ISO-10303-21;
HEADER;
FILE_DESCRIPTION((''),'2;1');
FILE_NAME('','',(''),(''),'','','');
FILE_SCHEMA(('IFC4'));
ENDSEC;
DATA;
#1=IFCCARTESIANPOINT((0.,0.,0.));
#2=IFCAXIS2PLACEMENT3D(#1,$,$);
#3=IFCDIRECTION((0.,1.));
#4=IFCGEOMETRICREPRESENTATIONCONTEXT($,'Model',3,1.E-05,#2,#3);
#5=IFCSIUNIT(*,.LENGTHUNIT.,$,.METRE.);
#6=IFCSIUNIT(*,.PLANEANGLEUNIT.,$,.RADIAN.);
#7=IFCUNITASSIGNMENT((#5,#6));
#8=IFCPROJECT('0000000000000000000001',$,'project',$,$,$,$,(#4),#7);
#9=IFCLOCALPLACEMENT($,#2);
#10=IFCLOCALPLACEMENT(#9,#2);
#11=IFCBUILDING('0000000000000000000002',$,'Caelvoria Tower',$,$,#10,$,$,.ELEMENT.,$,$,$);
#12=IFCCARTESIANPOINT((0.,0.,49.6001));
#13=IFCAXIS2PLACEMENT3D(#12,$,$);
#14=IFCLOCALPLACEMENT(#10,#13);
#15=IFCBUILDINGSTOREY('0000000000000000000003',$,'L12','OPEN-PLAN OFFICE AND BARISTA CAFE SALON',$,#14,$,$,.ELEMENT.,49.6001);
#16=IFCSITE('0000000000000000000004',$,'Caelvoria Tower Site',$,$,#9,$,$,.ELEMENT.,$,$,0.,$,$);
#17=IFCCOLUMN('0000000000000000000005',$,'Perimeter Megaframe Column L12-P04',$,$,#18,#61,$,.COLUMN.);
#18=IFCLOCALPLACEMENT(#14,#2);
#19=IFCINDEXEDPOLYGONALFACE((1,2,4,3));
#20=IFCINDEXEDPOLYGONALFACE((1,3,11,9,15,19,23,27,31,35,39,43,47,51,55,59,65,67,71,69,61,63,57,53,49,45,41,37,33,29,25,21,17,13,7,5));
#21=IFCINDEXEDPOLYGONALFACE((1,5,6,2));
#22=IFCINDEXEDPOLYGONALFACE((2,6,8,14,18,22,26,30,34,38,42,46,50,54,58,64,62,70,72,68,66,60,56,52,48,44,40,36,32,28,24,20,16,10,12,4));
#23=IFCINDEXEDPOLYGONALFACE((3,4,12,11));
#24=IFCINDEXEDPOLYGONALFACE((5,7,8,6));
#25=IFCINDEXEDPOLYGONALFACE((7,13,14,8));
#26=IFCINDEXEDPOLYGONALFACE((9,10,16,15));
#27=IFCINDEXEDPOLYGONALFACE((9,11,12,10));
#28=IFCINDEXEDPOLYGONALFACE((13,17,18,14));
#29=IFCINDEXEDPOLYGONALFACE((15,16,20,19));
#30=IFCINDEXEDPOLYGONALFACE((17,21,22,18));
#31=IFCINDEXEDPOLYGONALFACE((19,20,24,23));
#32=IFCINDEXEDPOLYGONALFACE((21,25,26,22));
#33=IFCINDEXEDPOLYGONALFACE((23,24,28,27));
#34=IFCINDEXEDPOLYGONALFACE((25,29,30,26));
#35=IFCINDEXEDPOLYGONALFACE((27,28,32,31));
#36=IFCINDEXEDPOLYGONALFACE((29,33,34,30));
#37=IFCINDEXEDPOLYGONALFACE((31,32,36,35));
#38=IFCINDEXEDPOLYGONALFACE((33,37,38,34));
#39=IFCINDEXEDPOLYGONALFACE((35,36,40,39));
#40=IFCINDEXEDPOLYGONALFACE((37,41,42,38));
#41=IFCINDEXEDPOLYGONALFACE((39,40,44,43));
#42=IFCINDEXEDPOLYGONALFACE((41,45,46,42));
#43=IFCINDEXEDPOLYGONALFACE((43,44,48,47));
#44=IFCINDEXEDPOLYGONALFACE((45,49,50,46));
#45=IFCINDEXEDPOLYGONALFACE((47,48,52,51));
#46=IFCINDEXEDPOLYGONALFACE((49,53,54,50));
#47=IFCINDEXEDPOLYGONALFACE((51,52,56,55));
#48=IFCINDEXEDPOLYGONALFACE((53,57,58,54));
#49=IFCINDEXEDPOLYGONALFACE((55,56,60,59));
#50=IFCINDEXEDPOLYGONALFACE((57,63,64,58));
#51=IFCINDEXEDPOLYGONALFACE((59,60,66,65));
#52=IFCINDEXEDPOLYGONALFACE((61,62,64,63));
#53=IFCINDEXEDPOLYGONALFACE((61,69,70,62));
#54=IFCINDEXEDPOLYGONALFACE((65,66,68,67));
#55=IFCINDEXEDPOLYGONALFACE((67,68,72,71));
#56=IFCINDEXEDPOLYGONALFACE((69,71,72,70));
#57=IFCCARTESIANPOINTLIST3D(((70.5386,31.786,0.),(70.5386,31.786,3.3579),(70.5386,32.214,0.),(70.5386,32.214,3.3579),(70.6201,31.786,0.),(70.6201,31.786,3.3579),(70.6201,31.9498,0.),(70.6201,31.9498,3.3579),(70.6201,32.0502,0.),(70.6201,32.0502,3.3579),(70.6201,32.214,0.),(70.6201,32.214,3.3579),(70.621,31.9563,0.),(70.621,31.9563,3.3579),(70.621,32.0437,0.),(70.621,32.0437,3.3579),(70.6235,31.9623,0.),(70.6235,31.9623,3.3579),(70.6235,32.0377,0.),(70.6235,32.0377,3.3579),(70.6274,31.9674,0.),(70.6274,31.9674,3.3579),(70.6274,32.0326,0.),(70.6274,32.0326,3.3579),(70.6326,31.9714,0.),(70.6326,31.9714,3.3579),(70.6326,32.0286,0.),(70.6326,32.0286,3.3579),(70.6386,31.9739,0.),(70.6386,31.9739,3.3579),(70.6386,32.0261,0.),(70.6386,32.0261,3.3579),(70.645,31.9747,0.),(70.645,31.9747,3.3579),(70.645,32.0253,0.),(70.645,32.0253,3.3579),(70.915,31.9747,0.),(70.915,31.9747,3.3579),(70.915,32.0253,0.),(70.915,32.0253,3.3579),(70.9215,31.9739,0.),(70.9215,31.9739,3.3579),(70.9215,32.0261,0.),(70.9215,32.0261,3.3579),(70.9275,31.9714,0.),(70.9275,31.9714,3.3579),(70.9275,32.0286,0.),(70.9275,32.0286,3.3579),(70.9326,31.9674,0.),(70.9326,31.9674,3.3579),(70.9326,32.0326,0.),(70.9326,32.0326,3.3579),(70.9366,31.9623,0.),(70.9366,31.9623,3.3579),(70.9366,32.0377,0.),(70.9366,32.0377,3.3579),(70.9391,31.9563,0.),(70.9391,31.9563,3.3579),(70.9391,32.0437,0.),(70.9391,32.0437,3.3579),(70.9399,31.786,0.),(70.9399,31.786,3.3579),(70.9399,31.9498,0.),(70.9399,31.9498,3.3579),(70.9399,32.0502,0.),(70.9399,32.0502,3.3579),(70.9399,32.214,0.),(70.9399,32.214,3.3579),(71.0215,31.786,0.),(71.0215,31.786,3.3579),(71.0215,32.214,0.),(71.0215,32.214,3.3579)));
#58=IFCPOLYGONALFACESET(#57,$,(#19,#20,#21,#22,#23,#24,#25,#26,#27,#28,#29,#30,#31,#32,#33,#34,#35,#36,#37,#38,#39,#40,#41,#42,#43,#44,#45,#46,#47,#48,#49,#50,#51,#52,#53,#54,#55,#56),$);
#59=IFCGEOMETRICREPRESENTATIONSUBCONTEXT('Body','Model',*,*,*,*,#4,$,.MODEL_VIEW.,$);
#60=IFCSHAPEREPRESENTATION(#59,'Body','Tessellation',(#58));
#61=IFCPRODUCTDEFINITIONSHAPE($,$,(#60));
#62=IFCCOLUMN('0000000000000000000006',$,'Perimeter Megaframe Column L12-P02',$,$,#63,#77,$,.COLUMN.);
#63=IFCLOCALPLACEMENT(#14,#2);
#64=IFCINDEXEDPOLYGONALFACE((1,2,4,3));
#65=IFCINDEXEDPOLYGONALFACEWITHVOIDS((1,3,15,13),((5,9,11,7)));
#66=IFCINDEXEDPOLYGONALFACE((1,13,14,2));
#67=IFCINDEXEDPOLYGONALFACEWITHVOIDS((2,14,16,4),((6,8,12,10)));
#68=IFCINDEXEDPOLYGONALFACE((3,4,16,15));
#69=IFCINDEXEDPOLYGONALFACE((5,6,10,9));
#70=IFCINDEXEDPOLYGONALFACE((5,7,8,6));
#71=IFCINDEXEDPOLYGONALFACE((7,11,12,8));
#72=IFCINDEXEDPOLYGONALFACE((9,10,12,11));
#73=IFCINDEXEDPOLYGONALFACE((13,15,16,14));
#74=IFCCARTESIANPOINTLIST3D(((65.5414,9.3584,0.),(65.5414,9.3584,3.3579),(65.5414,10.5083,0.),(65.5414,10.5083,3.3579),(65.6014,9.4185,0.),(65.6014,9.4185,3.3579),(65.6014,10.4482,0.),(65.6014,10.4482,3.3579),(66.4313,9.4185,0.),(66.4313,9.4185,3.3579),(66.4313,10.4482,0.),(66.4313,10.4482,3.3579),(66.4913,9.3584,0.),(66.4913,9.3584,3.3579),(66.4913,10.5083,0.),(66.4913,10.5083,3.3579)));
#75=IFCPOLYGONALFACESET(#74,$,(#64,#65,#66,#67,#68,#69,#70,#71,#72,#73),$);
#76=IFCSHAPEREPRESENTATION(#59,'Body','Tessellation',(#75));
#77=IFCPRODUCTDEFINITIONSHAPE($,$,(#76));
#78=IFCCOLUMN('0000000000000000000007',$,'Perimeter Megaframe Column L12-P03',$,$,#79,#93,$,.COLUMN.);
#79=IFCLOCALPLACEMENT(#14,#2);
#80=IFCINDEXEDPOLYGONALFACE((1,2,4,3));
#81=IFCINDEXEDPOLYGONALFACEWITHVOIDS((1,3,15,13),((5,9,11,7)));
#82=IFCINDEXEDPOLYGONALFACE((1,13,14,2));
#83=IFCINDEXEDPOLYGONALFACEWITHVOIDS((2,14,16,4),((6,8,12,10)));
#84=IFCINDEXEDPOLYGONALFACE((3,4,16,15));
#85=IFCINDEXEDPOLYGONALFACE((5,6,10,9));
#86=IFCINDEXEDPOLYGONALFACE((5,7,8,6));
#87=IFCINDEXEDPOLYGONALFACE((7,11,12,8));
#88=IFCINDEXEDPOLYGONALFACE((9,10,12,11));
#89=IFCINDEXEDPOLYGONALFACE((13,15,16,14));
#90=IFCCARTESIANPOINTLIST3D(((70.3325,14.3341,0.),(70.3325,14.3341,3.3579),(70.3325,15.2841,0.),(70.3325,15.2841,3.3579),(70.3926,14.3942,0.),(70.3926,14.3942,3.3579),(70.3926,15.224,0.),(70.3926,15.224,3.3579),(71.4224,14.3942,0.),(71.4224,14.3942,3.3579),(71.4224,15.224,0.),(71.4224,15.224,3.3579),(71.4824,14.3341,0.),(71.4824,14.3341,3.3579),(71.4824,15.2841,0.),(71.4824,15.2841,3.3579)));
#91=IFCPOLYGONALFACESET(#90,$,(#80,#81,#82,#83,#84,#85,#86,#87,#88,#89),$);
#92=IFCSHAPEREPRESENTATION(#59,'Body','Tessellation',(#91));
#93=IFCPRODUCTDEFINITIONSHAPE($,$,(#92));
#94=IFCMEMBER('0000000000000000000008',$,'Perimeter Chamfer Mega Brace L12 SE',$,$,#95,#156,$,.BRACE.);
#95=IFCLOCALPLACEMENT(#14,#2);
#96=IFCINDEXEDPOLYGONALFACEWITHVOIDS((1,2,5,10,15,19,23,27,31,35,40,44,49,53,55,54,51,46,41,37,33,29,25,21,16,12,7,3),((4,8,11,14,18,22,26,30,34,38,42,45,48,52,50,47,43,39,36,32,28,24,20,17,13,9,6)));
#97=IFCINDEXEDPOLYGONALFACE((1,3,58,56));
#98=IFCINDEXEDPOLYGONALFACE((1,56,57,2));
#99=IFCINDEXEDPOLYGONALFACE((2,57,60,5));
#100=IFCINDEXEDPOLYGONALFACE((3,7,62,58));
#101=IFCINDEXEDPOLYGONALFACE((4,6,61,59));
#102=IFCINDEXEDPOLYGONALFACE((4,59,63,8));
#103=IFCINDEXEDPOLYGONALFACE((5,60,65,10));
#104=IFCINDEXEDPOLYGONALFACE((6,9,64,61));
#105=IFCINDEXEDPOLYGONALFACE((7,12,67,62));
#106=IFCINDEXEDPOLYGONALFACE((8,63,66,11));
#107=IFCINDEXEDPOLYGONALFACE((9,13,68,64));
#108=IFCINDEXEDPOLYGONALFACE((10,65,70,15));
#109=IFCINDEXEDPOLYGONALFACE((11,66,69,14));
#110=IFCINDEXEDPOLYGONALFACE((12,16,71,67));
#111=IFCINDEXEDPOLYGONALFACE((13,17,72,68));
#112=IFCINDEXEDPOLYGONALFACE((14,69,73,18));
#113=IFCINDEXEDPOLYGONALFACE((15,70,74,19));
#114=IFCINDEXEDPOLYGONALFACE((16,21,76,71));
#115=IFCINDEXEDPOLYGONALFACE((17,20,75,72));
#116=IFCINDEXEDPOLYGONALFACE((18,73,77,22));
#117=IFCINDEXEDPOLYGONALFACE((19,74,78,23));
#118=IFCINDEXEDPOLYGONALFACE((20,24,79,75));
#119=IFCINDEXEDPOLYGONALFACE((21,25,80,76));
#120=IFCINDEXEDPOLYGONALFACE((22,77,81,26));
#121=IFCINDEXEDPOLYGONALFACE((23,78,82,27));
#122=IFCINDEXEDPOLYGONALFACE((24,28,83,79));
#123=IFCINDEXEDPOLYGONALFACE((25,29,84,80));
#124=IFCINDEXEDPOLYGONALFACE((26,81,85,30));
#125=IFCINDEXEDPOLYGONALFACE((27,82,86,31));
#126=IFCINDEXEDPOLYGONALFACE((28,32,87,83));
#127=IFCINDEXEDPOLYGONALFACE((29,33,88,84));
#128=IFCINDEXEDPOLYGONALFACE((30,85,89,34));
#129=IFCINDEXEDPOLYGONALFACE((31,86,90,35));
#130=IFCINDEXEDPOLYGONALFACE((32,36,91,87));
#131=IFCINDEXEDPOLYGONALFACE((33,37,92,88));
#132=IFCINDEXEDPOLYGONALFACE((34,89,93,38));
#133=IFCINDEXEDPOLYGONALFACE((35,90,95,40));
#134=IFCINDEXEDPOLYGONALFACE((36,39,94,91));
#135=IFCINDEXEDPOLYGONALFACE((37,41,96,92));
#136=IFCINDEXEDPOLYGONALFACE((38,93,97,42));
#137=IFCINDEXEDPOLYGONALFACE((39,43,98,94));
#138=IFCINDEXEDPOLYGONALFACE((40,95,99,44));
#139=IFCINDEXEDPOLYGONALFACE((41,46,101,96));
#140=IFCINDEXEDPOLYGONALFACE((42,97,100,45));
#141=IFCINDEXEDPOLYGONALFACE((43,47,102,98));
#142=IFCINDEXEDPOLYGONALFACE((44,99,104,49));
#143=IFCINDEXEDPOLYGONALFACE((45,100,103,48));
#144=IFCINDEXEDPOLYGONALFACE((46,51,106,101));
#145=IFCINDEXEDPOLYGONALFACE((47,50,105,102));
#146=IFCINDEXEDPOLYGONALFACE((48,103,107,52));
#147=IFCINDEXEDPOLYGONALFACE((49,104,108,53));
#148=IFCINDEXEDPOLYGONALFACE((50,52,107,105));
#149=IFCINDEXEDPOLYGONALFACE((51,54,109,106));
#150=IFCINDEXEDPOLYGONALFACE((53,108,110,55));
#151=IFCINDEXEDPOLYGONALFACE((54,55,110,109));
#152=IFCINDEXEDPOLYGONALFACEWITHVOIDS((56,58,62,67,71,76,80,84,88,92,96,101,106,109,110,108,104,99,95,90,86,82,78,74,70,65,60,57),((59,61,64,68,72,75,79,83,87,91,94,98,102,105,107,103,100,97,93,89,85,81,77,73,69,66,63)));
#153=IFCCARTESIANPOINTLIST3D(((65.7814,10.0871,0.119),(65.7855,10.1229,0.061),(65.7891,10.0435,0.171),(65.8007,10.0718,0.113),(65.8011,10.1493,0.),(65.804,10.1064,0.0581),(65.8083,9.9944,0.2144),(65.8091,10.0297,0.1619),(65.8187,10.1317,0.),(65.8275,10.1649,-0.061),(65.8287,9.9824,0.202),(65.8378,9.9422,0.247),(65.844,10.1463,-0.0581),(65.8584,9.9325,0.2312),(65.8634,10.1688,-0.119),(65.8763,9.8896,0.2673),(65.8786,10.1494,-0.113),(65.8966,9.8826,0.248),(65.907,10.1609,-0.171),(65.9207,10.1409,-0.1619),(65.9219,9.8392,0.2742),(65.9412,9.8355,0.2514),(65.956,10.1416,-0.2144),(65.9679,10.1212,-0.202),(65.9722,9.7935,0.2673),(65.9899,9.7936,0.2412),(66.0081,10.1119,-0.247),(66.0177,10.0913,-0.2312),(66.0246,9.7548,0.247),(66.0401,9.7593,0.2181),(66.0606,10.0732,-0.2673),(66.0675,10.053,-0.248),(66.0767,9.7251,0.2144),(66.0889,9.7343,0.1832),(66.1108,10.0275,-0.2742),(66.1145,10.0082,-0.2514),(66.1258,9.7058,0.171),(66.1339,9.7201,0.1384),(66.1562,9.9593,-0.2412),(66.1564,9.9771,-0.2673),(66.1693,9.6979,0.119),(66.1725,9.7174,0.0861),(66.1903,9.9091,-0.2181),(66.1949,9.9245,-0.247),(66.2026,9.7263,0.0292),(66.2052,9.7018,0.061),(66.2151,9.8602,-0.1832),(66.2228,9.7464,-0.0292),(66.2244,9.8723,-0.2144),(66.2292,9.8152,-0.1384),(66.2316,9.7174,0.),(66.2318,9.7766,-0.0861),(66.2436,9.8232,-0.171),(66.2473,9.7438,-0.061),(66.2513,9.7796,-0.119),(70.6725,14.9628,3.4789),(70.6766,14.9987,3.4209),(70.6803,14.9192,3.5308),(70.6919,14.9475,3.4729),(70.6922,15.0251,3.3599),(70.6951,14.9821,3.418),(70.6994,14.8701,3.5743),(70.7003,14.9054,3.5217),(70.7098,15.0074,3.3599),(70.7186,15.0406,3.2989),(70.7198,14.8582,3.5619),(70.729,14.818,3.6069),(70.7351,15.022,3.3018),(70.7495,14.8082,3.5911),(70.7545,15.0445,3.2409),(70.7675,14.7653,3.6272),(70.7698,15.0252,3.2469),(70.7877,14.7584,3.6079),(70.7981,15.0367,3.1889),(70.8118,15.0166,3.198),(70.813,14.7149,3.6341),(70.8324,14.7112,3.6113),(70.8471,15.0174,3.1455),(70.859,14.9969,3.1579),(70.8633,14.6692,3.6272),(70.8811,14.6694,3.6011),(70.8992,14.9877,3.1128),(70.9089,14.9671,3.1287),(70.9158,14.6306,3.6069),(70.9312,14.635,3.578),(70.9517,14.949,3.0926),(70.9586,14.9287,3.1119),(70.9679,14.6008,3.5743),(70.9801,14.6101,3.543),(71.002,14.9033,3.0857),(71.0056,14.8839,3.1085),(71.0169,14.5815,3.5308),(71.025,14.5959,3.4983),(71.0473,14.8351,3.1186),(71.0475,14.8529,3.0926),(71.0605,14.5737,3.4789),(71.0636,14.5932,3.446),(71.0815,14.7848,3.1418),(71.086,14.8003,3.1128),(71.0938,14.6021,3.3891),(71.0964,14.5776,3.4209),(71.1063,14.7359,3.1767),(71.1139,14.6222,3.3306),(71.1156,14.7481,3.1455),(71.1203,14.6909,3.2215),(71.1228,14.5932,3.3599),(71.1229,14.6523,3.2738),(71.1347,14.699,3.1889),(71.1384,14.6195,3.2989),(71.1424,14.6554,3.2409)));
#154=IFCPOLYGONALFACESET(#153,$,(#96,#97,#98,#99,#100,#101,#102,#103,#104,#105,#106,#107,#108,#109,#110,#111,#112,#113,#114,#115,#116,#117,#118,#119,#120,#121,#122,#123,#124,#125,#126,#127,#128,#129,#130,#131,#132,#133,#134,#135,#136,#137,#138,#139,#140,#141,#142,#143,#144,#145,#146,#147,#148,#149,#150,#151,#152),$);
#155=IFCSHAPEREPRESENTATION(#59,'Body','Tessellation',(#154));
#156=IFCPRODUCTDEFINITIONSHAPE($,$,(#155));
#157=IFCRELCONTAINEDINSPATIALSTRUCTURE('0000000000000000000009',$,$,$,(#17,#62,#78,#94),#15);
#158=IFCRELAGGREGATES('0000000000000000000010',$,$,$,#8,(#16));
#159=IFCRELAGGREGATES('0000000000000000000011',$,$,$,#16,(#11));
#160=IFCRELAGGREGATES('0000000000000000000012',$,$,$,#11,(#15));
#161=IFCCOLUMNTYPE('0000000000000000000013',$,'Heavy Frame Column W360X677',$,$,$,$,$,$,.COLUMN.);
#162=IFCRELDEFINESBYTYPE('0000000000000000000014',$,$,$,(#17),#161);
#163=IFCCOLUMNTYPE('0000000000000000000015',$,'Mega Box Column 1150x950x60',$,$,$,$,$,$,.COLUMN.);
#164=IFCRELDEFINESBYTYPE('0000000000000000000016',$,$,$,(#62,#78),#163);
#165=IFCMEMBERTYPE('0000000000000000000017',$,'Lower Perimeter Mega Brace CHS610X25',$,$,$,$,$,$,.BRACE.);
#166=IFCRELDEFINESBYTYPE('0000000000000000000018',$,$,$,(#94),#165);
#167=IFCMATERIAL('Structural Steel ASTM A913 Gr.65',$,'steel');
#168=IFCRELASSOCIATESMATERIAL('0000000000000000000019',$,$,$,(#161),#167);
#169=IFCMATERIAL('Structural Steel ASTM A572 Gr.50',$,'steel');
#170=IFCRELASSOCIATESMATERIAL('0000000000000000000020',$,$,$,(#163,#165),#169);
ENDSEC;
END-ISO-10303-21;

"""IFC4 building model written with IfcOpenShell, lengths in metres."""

from ifc_helpers import new_model, si_unit, direction, frame, origin, origin_2d, place, context, subcontext, project, spatial, hollow_rectangle, hollow_circle, i_section, extrude, material, material_profile, profile_set, type_object, element, save


model = new_model("IFC4")

# Units and contexts
model_context = context("Model", 3, precision=1e-05, world=origin(), true_north=direction((0.0, 1.0)))
body_context = subcontext(model_context, "Body", "Model", "MODEL_VIEW")
ifc_project = project(units=[si_unit("LENGTHUNIT", "METRE"), si_unit("PLANEANGLEUNIT", "RADIAN")], contexts=[model_context])

# Site, building, storey
site_placement = place(None, origin())
site = spatial("IfcSite", under=ifc_project, at=site_placement, Name="Caelvoria Tower Site", CompositionType="ELEMENT", RefElevation=0.0)
building_placement = place(site_placement, origin())
building = spatial("IfcBuilding", under=site, at=building_placement, Name="Caelvoria Tower", CompositionType="ELEMENT")
storey_placement = place(building_placement, frame((0.0, 0.0, 49.6001)))
storey = spatial("IfcBuildingStorey", under=building, at=storey_placement, Name="L12", Description="OPEN-PLAN OFFICE AND BARISTA CAFE SALON", CompositionType="ELEMENT", Elevation=49.6001)

# Columns
ifc_material_1 = material(Name="Structural Steel ASTM A913 Gr.65", Category="steel")
ifc_material_profile_1 = material_profile(ifc_material_1, i_section(OverallWidth=0.428, OverallDepth=0.4829, WebThickness=0.0505, FlangeThickness=0.0815, FilletRadius=0.0249, at=origin_2d()), Name="Structural Steel ASTM A913 Gr.65")
ifc_profile_set_1 = profile_set([ifc_material_profile_1], Name="W360X677 - Structural Steel ASTM A913 Gr.65")
column_type_1 = type_object("IfcColumnType", Name="Heavy Frame Column W360X677", PredefinedType="COLUMN", material=ifc_profile_set_1)
column_placement = place(storey_placement, frame((70.78, 32.0, 0.0), z_axis=(0.0, 0.0, 1.0), x_axis=(0.0, 1.0, 0.0)))
element("IfcColumn", 1, at=column_placement, inside=storey, type_object=column_type_1, Name="Perimeter Megaframe Column L12-P04", PredefinedType="COLUMN", context=body_context, shape_type="SweptSolid", body=[
    extrude(i_section(OverallWidth=0.428, OverallDepth=0.4829, WebThickness=0.0505, FlangeThickness=0.0815, FilletRadius=0.0249, at=origin_2d()), origin(), (0.0, 0.0, 1.0), 3.3579),
])
ifc_material_2 = material(Name="Structural Steel ASTM A572 Gr.50", Category="steel")
ifc_material_profile_2 = material_profile(ifc_material_2, hollow_rectangle(XDim=0.95, YDim=1.1499, WallThickness=0.0601, at=origin_2d()), Name="Structural Steel ASTM A572 Gr.50")
ifc_profile_set_2 = profile_set([ifc_material_profile_2], Name="BOX1150X950X60 - Structural Steel ASTM A572 Gr.50")
column_type_2 = type_object("IfcColumnType", Name="Mega Box Column 1150x950x60", PredefinedType="COLUMN", material=ifc_profile_set_2)
for number, where, z_axis, x_axis, name in (
    (2, (66.0164, 9.9333, 0.0), (0.0, 0.0, 1.0), (1.0, 0.0, 0.0), "Perimeter Megaframe Column L12-P02"),
    (3, (70.9075, 14.8091, 0.0), (0.0, 0.0, 1.0), (0.0, 1.0, 0.0), "Perimeter Megaframe Column L12-P03"),
):
    element("IfcColumn", number, at=place(storey_placement, frame(where, z_axis=z_axis, x_axis=x_axis)), inside=storey, type_object=column_type_2, Name=name, PredefinedType="COLUMN", context=body_context, shape_type="SweptSolid", body=[
        extrude(hollow_rectangle(XDim=0.95, YDim=1.1499, WallThickness=0.0601, at=origin_2d()), origin(), (0.0, 0.0, 1.0), 3.3579),
    ])

# Member
ifc_material_profile_3 = material_profile(ifc_material_2, hollow_circle(Radius=0.3049, WallThickness=0.0249, at=origin_2d()), Name="Structural Steel ASTM A572 Gr.50")
ifc_profile_set_3 = profile_set([ifc_material_profile_3], Name="CHS610X25 - Structural Steel ASTM A572 Gr.50")
member_type = type_object("IfcMemberType", Name="Lower Perimeter Mega Brace CHS610X25", PredefinedType="BRACE", material=ifc_profile_set_3)
member_1_placement = place(storey_placement, frame((66.0164, 9.9333, 0.0), z_axis=(0.636853, 0.63485, 0.437475), x_axis=(-0.705992, 0.708219, 0.0)))
element("IfcMember", 4, at=member_1_placement, inside=storey, type_object=member_type, Name="Perimeter Chamfer Mega Brace L12 SE", PredefinedType="BRACE", context=body_context, shape_type="SweptSolid", body=[
    extrude(hollow_circle(Radius=0.3049, WallThickness=0.0249, at=origin_2d()), origin(), (0.0, 0.0, 1.0), 7.6802),
])

save(model, "model.ifc")
